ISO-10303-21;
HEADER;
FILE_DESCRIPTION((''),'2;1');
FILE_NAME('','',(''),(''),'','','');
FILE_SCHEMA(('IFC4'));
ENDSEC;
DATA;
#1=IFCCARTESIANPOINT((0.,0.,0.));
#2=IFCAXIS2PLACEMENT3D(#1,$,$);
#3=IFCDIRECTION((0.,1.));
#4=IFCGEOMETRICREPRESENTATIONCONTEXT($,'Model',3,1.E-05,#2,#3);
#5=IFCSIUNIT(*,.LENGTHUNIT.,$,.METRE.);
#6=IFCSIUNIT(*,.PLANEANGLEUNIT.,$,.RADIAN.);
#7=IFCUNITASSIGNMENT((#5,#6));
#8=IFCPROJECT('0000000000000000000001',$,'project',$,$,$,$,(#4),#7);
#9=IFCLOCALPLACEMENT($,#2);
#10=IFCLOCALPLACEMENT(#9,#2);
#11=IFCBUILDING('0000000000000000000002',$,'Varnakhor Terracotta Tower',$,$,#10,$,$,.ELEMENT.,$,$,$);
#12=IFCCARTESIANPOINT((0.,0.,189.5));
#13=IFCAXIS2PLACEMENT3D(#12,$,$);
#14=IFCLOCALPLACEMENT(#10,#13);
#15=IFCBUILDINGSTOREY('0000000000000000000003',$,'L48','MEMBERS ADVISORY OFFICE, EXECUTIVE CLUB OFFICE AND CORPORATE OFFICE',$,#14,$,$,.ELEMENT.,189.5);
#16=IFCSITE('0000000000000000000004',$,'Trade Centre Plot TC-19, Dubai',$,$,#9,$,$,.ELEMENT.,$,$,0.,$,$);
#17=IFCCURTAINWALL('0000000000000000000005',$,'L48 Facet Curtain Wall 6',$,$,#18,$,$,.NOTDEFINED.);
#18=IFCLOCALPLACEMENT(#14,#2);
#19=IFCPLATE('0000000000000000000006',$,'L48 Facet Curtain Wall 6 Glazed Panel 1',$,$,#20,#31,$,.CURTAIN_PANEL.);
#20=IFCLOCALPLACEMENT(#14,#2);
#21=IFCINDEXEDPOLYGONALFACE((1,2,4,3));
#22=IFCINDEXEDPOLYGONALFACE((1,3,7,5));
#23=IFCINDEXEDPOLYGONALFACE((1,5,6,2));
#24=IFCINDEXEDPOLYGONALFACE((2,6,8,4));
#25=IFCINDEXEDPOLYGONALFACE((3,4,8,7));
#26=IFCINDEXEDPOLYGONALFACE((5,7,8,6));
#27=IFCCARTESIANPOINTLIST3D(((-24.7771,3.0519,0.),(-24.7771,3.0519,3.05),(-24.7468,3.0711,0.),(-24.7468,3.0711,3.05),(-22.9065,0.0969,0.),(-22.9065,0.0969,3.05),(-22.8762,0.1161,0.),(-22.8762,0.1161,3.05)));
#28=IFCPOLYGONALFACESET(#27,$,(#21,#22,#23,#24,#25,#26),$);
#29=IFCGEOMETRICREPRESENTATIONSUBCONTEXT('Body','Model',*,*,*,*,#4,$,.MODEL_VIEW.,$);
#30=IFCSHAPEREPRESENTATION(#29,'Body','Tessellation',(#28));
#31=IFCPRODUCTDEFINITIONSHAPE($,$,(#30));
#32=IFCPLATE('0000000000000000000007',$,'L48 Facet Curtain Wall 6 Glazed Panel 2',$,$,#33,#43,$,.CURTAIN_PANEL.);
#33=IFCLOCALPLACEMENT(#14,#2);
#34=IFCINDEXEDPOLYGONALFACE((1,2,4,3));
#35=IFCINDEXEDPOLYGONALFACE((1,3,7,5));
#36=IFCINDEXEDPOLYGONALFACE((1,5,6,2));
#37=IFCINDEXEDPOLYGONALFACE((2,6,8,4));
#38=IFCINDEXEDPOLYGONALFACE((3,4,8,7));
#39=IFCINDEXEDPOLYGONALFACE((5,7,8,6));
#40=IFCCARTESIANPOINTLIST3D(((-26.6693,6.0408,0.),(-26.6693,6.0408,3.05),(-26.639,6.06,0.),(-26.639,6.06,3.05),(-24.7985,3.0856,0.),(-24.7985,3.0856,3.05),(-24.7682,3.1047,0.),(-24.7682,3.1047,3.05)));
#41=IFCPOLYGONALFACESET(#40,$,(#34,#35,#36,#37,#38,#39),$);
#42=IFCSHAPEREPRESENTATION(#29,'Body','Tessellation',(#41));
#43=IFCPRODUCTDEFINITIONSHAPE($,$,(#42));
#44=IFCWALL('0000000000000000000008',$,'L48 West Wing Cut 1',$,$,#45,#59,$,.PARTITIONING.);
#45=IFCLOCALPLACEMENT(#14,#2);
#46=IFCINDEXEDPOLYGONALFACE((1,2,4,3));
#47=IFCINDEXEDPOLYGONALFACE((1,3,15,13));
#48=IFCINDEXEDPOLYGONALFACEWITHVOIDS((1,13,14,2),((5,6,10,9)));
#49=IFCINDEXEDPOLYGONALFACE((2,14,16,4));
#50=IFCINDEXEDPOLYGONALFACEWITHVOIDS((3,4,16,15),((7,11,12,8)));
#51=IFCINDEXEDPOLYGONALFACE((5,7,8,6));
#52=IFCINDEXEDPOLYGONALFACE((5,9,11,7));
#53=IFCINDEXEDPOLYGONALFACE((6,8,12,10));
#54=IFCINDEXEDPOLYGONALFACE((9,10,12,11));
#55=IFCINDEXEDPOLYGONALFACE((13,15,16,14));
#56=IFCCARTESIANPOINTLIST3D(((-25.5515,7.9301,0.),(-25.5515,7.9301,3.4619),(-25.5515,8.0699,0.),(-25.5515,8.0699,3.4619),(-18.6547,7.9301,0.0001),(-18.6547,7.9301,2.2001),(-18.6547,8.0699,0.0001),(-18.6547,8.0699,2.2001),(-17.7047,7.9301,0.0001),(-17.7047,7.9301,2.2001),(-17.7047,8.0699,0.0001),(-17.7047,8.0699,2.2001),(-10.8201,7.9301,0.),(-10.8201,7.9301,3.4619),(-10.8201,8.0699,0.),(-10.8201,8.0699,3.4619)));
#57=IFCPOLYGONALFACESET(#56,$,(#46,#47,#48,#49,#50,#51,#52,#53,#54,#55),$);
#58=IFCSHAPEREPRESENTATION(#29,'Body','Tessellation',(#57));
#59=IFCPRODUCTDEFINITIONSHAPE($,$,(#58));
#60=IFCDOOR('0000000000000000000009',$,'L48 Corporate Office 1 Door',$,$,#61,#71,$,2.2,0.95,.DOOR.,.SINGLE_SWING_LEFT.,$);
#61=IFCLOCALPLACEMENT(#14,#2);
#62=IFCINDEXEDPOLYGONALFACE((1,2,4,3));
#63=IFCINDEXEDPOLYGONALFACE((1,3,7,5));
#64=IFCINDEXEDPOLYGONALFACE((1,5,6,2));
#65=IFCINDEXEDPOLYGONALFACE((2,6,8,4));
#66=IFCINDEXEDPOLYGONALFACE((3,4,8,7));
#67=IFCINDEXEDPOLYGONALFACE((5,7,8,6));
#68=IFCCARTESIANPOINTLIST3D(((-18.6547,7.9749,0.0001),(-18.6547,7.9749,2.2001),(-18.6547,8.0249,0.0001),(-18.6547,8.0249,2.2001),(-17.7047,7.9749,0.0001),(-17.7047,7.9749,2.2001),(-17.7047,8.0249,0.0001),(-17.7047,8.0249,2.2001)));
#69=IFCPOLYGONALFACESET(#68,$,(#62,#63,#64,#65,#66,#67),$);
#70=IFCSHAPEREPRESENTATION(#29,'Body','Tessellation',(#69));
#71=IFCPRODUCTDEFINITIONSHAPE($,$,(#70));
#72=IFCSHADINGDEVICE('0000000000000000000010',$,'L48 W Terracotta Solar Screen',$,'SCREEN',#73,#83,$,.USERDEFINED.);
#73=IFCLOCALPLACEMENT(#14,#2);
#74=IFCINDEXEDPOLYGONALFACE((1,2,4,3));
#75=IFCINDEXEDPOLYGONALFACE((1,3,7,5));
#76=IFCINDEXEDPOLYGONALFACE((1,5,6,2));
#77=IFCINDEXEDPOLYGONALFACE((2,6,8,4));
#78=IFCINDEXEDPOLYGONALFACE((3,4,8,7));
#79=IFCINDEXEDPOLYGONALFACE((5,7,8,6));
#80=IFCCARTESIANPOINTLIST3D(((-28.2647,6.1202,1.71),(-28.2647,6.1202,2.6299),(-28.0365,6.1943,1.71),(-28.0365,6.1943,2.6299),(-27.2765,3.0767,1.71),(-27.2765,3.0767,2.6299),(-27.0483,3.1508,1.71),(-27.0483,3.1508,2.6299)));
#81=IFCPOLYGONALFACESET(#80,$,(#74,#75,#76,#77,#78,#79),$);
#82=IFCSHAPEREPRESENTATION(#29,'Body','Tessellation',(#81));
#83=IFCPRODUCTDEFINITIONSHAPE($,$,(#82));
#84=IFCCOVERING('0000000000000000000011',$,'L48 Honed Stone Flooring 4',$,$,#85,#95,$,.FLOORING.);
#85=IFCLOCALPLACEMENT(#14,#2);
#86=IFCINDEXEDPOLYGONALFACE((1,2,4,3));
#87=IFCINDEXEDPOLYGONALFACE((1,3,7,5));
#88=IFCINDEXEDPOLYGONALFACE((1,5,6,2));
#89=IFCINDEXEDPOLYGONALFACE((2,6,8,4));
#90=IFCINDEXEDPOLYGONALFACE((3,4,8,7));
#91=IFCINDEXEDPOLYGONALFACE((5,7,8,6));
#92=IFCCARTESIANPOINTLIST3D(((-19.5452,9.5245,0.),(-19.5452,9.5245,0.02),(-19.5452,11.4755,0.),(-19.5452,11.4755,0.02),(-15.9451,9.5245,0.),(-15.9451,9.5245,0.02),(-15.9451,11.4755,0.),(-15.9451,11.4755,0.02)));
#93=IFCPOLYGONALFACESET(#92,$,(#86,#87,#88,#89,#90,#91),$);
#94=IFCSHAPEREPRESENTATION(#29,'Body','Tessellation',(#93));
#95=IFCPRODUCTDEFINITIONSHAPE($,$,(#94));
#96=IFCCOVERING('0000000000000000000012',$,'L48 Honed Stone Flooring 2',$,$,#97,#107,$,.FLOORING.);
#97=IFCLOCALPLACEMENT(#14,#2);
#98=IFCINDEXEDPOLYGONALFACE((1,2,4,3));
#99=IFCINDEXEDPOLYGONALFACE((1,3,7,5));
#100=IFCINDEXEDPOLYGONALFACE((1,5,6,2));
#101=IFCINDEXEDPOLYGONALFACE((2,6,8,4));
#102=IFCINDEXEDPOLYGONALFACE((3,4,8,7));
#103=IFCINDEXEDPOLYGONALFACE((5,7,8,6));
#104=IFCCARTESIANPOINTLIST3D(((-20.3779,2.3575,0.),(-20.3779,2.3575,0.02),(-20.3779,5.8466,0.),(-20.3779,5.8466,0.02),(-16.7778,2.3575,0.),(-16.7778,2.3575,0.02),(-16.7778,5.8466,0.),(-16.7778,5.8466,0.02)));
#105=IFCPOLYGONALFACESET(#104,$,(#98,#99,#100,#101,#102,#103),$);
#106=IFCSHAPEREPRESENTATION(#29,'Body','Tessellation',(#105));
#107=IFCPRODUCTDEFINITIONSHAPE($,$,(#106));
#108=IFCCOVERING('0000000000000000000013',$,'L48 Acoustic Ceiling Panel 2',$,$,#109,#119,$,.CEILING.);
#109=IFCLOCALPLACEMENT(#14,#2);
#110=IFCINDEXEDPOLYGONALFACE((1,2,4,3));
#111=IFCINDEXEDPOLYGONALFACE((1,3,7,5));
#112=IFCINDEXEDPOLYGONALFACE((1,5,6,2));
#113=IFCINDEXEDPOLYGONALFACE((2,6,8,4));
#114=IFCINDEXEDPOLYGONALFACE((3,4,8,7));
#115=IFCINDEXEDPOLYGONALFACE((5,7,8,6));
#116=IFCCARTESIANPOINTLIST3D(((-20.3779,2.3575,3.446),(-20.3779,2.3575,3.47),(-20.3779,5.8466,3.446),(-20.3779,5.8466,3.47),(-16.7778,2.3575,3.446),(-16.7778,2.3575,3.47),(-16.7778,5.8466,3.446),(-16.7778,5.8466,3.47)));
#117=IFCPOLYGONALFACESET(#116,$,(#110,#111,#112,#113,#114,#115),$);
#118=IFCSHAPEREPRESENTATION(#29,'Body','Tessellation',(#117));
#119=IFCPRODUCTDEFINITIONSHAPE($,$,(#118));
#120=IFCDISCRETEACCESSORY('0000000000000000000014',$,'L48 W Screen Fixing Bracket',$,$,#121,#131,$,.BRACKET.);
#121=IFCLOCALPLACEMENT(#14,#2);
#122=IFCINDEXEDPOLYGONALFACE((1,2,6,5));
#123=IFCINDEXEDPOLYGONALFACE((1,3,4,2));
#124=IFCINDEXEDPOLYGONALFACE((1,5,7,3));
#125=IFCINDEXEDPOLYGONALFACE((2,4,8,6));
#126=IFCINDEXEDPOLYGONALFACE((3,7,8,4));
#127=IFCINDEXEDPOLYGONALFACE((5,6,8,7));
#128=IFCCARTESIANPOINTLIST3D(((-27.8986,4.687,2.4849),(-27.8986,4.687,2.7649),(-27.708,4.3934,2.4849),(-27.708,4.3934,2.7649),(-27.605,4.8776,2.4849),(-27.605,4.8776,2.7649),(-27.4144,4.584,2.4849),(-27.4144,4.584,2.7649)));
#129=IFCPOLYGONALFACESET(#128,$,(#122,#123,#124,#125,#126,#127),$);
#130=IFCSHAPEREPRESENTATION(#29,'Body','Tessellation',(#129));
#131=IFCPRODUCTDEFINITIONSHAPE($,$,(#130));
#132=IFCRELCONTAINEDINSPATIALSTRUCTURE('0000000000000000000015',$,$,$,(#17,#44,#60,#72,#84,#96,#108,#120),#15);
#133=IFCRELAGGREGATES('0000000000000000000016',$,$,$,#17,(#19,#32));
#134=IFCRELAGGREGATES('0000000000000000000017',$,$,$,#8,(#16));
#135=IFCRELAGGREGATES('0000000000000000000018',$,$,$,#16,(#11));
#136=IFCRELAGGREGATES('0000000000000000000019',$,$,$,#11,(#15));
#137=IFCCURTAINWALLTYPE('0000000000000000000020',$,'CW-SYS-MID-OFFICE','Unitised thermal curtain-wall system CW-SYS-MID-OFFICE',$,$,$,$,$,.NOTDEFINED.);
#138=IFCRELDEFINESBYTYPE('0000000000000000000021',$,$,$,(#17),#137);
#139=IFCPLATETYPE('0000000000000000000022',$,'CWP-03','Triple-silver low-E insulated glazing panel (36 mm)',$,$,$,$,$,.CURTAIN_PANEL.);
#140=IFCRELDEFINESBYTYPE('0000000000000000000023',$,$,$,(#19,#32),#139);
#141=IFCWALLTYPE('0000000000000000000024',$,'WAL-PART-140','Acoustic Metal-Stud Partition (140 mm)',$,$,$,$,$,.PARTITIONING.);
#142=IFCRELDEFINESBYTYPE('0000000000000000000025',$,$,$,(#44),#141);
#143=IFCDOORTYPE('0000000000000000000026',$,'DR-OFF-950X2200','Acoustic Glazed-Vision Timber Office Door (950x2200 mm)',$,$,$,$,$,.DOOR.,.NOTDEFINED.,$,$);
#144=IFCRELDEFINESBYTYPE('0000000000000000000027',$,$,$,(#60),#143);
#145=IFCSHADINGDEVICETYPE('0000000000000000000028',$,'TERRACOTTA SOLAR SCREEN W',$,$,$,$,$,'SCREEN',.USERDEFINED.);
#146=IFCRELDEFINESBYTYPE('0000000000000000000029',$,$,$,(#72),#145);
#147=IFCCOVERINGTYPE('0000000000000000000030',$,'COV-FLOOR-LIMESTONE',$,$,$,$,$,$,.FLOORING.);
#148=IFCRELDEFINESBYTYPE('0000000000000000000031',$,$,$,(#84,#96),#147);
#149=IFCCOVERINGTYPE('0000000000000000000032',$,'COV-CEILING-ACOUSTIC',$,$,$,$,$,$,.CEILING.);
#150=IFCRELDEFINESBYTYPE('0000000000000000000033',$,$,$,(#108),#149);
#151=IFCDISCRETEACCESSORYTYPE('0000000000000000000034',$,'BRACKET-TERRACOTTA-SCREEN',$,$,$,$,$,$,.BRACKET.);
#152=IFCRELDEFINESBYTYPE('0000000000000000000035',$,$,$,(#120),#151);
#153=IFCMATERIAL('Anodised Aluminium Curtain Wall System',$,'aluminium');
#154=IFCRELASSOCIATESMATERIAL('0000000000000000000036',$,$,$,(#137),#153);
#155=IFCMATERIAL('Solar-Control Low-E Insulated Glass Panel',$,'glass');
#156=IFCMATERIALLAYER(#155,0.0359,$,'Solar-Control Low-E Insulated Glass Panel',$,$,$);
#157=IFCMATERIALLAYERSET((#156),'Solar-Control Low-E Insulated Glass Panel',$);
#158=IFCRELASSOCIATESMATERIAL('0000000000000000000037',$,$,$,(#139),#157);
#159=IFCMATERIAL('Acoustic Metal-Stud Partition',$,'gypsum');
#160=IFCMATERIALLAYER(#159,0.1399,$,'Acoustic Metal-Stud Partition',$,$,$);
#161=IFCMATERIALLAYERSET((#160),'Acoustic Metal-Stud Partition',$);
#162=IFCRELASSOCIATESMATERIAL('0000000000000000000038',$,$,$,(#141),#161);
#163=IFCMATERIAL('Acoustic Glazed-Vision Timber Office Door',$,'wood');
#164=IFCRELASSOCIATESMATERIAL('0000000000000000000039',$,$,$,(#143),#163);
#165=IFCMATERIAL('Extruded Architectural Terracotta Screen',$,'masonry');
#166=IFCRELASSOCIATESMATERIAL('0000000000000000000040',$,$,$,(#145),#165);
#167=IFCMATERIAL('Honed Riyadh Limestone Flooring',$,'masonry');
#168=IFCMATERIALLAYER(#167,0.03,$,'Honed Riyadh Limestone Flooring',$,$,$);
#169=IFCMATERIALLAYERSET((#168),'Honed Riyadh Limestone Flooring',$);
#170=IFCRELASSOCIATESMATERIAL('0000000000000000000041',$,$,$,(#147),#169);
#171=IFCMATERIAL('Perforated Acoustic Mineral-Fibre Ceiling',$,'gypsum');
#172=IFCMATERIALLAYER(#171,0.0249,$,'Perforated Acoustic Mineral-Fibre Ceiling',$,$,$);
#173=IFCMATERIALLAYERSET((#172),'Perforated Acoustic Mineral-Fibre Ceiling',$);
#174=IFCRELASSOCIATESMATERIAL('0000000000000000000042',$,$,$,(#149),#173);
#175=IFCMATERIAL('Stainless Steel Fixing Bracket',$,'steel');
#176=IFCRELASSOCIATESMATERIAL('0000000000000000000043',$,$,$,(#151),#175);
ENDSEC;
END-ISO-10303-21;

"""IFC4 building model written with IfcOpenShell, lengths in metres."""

from ifc_helpers import new_model, si_unit, direction, frame, frame_2d, origin, origin_2d, place, context, subcontext, project, spatial, rectangle, extrude, source, transform, mapped, material, layer, layer_set, type_object, type_shapes, element, fill, aggregate, save


model = new_model("IFC4")

# Units and contexts
model_context = context("Model", 3, precision=1e-05, world=origin(), true_north=direction((0.0, 1.0)))
body_context = subcontext(model_context, "Body", "Model", "MODEL_VIEW")
ifc_project = project(units=[si_unit("LENGTHUNIT", "METRE"), si_unit("PLANEANGLEUNIT", "RADIAN")], contexts=[model_context])

# Site, building, storey
site_placement = place(None, origin())
site = spatial("IfcSite", under=ifc_project, at=site_placement, Name="Trade Centre Plot TC-19, Dubai", CompositionType="ELEMENT", RefElevation=0.0)
building_placement = place(site_placement, origin())
building = spatial("IfcBuilding", under=site, at=building_placement, Name="Varnakhor Terracotta Tower", CompositionType="ELEMENT")
storey_placement = place(building_placement, frame((0.0, 0.0, 189.5)))
storey = spatial("IfcBuildingStorey", under=building, at=storey_placement, Name="L48", Description="MEMBERS ADVISORY OFFICE, EXECUTIVE CLUB OFFICE AND CORPORATE OFFICE", CompositionType="ELEMENT", Elevation=189.5)

# Curtain wall
ifc_material_1 = material(Name="Anodised Aluminium Curtain Wall System", Category="aluminium")
curtain_wall_type = type_object("IfcCurtainWallType", Name="CW-SYS-MID-OFFICE", Description="Unitised thermal curtain-wall system CW-SYS-MID-OFFICE", PredefinedType="NOTDEFINED", material=ifc_material_1)
curtain_wall_1_placement = place(storey_placement, origin())
curtain_wall_1 = element("IfcCurtainWall", 1, at=curtain_wall_1_placement, inside=storey, type_object=curtain_wall_type, Name="L48 Facet Curtain Wall 6", PredefinedType="NOTDEFINED")

# Plates
ifc_material_2 = material(Name="Solar-Control Low-E Insulated Glass Panel", Category="glass")
ifc_layer_1 = layer(ifc_material_2, 0.0359, Name="Solar-Control Low-E Insulated Glass Panel")
ifc_layer_set_1 = layer_set([ifc_layer_1], Name="Solar-Control Low-E Insulated Glass Panel")
plate_type = type_object("IfcPlateType", Name="CWP-03", Description="Triple-silver low-E insulated glazing panel (36 mm)", PredefinedType="CURTAIN_PANEL", material=ifc_layer_set_1)
shared_shape_1 = source(origin(), body_context, "Body", "SweptSolid", [
    extrude(rectangle(XDim=3.4973, YDim=0.0359, at=origin_2d()), origin(), (0.0, 0.0, 1.0), 3.05),
])
plate_1_placement = place(storey_placement, frame((-23.8267, 1.584, 0.0), z_axis=(0.0, 0.0, 1.0), x_axis=(-0.534869, 0.844935, 0.0)))
plate_1 = element("IfcPlate", 2, at=plate_1_placement, type_object=plate_type, Name="L48 Facet Curtain Wall 6 Glazed Panel 1", PredefinedType="CURTAIN_PANEL", context=body_context, shape_type="MappedRepresentation", body=[
    mapped(shared_shape_1, transform((0.0, 0.0, 0.0), scale=1.0)),
])
shared_shape_2 = source(origin(), body_context, "Body", "SweptSolid", [
    extrude(rectangle(XDim=3.4976, YDim=0.0359, at=origin_2d()), origin(), (0.0, 0.0, 1.0), 3.05),
])
plate_2_placement = place(storey_placement, frame((-25.7188, 4.5728, 0.0), z_axis=(0.0, 0.0, 1.0), x_axis=(-0.534869, 0.844935, 0.0)))
plate_2 = element("IfcPlate", 3, at=plate_2_placement, type_object=plate_type, Name="L48 Facet Curtain Wall 6 Glazed Panel 2", PredefinedType="CURTAIN_PANEL", context=body_context, shape_type="MappedRepresentation", body=[
    mapped(shared_shape_2, transform((0.0, 0.0, 0.0), scale=1.0)),
])
aggregate(curtain_wall_1, [plate_1, plate_2])

# Wall, opening, door
ifc_material_3 = material(Name="Acoustic Metal-Stud Partition", Category="gypsum")
ifc_layer_2 = layer(ifc_material_3, 0.1399, Name="Acoustic Metal-Stud Partition")
ifc_layer_set_2 = layer_set([ifc_layer_2], Name="Acoustic Metal-Stud Partition")
wall_type = type_object("IfcWallType", Name="WAL-PART-140", Description="Acoustic Metal-Stud Partition (140 mm)", PredefinedType="PARTITIONING", material=ifc_layer_set_2)
wall_placement = place(storey_placement, frame((-25.5515, 8.0, 0.0), z_axis=(0.0, 0.0, 1.0), x_axis=(1.0, 0.0, 0.0)))
wall = element("IfcWall", 4, at=wall_placement, inside=storey, type_object=wall_type, Name="L48 West Wing Cut 1", PredefinedType="PARTITIONING", context=body_context, shape_type="SweptSolid", body=[
    extrude(rectangle(XDim=14.7314, YDim=0.1399, at=frame_2d((7.3657, 0.0))), origin(), (0.0, 0.0, 1.0), 3.4619),
])
opening_placement = place(wall_placement, frame((6.8967, 0.0, 0.0)))
opening = element("IfcOpeningElement", 5, at=opening_placement, cuts=wall, PredefinedType="OPENING", context=body_context, shape_type="SweptSolid", body=[
    extrude(rectangle(XDim=0.95, YDim=2.2, at=frame_2d((0.4751, 1.1001))), frame((0.0, 0.0801, 0.0), z_axis=(0.0, -1.0, 0.0), x_axis=(1.0, 0.0, 0.0)), (0.0, 0.0, 1.0), 0.1599),
])
ifc_material_4 = material(Name="Acoustic Glazed-Vision Timber Office Door", Category="wood")
door_type = type_object("IfcDoorType", Name="DR-OFF-950X2200", Description="Acoustic Glazed-Vision Timber Office Door (950x2200 mm)", OperationType="NOTDEFINED", PredefinedType="DOOR", material=ifc_material_4)
shared_shape_3 = source(origin(), body_context, "Body", "SweptSolid", [
    extrude(rectangle(XDim=0.95, YDim=2.2, at=frame_2d((0.4751, 1.1001))), frame((0.0, 0.0249, 0.0), z_axis=(0.0, -1.0, 0.0), x_axis=(1.0, 0.0, 0.0)), (0.0, 0.0, 1.0), 0.05),
])
type_shapes(door_type, [shared_shape_3])
door_placement = place(opening_placement, origin())
door = element("IfcDoor", 6, at=door_placement, inside=storey, type_object=door_type, Name="L48 Corporate Office 1 Door", OperationType="SINGLE_SWING_LEFT", OverallHeight=2.2, OverallWidth=0.95, PredefinedType="DOOR", context=body_context, shape_type="MappedRepresentation", body=[
    mapped(shared_shape_3, transform((0.0, 0.0, 0.0), scale=1.0)),
])
fill(opening, door)

# Shading device
ifc_material_5 = material(Name="Extruded Architectural Terracotta Screen", Category="masonry")
shading_device_type = type_object("IfcShadingDeviceType", Name="TERRACOTTA SOLAR SCREEN W", ElementType="SCREEN", PredefinedType="USERDEFINED", material=ifc_material_5)
shared_shape_4 = source(origin(), body_context, "Body", "SweptSolid", [
    extrude(rectangle(XDim=3.2, YDim=0.24, at=origin_2d()), origin(), (0.0, 0.0, 1.0), 0.9199),
])
type_shapes(shading_device_type, [shared_shape_4])
shading_device_placement = place(storey_placement, frame((-27.6565, 4.6355, 1.71), z_axis=(0.0, 0.0, 1.0), x_axis=(0.308818, -0.951121, 0.0)))
element("IfcShadingDevice", 7, at=shading_device_placement, inside=storey, type_object=shading_device_type, Name="L48 W Terracotta Solar Screen", ObjectType="SCREEN", PredefinedType="USERDEFINED", context=body_context, shape_type="MappedRepresentation", body=[
    mapped(shared_shape_4, transform((0.0, 0.0, 0.0), scale=1.0)),
])

# Coverings
ifc_material_6 = material(Name="Honed Riyadh Limestone Flooring", Category="masonry")
ifc_layer_3 = layer(ifc_material_6, 0.03, Name="Honed Riyadh Limestone Flooring")
ifc_layer_set_3 = layer_set([ifc_layer_3], Name="Honed Riyadh Limestone Flooring")
covering_type_1 = type_object("IfcCoveringType", Name="COV-FLOOR-LIMESTONE", PredefinedType="FLOORING", material=ifc_layer_set_3)
shared_shape_5 = source(origin(), body_context, "Body", "SweptSolid", [
    extrude(rectangle(XDim=3.6001, YDim=1.9509, at=origin_2d()), origin(), (0.0, 0.0, 1.0), 0.02),
])
covering_1_placement = place(storey_placement, frame((-17.7451, 10.5, 0.0), z_axis=(0.0, 0.0, 1.0), x_axis=(1.0, 0.0, 0.0)))
element("IfcCovering", 8, at=covering_1_placement, inside=storey, type_object=covering_type_1, Name="L48 Honed Stone Flooring 4", PredefinedType="FLOORING", context=body_context, shape_type="MappedRepresentation", body=[
    mapped(shared_shape_5, transform((0.0, 0.0, 0.0), scale=1.0)),
])
shared_shape_6 = source(origin(), body_context, "Body", "SweptSolid", [
    extrude(rectangle(XDim=3.6001, YDim=3.489, at=origin_2d()), origin(), (0.0, 0.0, 1.0), 0.02),
])
covering_2_placement = place(storey_placement, frame((-18.5779, 4.1021, 0.0), z_axis=(0.0, 0.0, 1.0), x_axis=(1.0, 0.0, 0.0)))
element("IfcCovering", 9, at=covering_2_placement, inside=storey, type_object=covering_type_1, Name="L48 Honed Stone Flooring 2", PredefinedType="FLOORING", context=body_context, shape_type="MappedRepresentation", body=[
    mapped(shared_shape_6, transform((0.0, 0.0, 0.0), scale=1.0)),
])
ifc_material_7 = material(Name="Perforated Acoustic Mineral-Fibre Ceiling", Category="gypsum")
ifc_layer_4 = layer(ifc_material_7, 0.0249, Name="Perforated Acoustic Mineral-Fibre Ceiling")
ifc_layer_set_4 = layer_set([ifc_layer_4], Name="Perforated Acoustic Mineral-Fibre Ceiling")
covering_type_2 = type_object("IfcCoveringType", Name="COV-CEILING-ACOUSTIC", PredefinedType="CEILING", material=ifc_layer_set_4)
shared_shape_7 = source(origin(), body_context, "Body", "SweptSolid", [
    extrude(rectangle(XDim=3.6001, YDim=3.489, at=origin_2d()), origin(), (0.0, 0.0, 1.0), 0.0239),
])
covering_3_placement = place(storey_placement, frame((-18.5779, 4.1021, 3.446), z_axis=(0.0, 0.0, 1.0), x_axis=(1.0, 0.0, 0.0)))
element("IfcCovering", 10, at=covering_3_placement, inside=storey, type_object=covering_type_2, Name="L48 Acoustic Ceiling Panel 2", PredefinedType="CEILING", context=body_context, shape_type="MappedRepresentation", body=[
    mapped(shared_shape_7, transform((0.0, 0.0, 0.0), scale=1.0)),
])

# Discrete accessory
ifc_material_8 = material(Name="Stainless Steel Fixing Bracket", Category="steel")
discrete_accessory_type = type_object("IfcDiscreteAccessoryType", Name="BRACKET-TERRACOTTA-SCREEN", PredefinedType="BRACKET", material=ifc_material_8)
shared_shape_8 = source(origin(), body_context, "Body", "SweptSolid", [
    extrude(rectangle(XDim=0.3501, YDim=0.3501, at=origin_2d()), origin(), (0.0, 0.0, 1.0), 0.28),
])
type_shapes(discrete_accessory_type, [shared_shape_8])
discrete_accessory_placement = place(storey_placement, frame((-27.6565, 4.6355, 2.4849), z_axis=(0.0, 0.0, 1.0), x_axis=(0.544463, -0.838785, 0.0)))
element("IfcDiscreteAccessory", 11, at=discrete_accessory_placement, inside=storey, type_object=discrete_accessory_type, Name="L48 W Screen Fixing Bracket", PredefinedType="BRACKET", context=body_context, shape_type="MappedRepresentation", body=[
    mapped(shared_shape_8, transform((0.0, 0.0, 0.0), scale=1.0)),
])

save(model, "model.ifc")
